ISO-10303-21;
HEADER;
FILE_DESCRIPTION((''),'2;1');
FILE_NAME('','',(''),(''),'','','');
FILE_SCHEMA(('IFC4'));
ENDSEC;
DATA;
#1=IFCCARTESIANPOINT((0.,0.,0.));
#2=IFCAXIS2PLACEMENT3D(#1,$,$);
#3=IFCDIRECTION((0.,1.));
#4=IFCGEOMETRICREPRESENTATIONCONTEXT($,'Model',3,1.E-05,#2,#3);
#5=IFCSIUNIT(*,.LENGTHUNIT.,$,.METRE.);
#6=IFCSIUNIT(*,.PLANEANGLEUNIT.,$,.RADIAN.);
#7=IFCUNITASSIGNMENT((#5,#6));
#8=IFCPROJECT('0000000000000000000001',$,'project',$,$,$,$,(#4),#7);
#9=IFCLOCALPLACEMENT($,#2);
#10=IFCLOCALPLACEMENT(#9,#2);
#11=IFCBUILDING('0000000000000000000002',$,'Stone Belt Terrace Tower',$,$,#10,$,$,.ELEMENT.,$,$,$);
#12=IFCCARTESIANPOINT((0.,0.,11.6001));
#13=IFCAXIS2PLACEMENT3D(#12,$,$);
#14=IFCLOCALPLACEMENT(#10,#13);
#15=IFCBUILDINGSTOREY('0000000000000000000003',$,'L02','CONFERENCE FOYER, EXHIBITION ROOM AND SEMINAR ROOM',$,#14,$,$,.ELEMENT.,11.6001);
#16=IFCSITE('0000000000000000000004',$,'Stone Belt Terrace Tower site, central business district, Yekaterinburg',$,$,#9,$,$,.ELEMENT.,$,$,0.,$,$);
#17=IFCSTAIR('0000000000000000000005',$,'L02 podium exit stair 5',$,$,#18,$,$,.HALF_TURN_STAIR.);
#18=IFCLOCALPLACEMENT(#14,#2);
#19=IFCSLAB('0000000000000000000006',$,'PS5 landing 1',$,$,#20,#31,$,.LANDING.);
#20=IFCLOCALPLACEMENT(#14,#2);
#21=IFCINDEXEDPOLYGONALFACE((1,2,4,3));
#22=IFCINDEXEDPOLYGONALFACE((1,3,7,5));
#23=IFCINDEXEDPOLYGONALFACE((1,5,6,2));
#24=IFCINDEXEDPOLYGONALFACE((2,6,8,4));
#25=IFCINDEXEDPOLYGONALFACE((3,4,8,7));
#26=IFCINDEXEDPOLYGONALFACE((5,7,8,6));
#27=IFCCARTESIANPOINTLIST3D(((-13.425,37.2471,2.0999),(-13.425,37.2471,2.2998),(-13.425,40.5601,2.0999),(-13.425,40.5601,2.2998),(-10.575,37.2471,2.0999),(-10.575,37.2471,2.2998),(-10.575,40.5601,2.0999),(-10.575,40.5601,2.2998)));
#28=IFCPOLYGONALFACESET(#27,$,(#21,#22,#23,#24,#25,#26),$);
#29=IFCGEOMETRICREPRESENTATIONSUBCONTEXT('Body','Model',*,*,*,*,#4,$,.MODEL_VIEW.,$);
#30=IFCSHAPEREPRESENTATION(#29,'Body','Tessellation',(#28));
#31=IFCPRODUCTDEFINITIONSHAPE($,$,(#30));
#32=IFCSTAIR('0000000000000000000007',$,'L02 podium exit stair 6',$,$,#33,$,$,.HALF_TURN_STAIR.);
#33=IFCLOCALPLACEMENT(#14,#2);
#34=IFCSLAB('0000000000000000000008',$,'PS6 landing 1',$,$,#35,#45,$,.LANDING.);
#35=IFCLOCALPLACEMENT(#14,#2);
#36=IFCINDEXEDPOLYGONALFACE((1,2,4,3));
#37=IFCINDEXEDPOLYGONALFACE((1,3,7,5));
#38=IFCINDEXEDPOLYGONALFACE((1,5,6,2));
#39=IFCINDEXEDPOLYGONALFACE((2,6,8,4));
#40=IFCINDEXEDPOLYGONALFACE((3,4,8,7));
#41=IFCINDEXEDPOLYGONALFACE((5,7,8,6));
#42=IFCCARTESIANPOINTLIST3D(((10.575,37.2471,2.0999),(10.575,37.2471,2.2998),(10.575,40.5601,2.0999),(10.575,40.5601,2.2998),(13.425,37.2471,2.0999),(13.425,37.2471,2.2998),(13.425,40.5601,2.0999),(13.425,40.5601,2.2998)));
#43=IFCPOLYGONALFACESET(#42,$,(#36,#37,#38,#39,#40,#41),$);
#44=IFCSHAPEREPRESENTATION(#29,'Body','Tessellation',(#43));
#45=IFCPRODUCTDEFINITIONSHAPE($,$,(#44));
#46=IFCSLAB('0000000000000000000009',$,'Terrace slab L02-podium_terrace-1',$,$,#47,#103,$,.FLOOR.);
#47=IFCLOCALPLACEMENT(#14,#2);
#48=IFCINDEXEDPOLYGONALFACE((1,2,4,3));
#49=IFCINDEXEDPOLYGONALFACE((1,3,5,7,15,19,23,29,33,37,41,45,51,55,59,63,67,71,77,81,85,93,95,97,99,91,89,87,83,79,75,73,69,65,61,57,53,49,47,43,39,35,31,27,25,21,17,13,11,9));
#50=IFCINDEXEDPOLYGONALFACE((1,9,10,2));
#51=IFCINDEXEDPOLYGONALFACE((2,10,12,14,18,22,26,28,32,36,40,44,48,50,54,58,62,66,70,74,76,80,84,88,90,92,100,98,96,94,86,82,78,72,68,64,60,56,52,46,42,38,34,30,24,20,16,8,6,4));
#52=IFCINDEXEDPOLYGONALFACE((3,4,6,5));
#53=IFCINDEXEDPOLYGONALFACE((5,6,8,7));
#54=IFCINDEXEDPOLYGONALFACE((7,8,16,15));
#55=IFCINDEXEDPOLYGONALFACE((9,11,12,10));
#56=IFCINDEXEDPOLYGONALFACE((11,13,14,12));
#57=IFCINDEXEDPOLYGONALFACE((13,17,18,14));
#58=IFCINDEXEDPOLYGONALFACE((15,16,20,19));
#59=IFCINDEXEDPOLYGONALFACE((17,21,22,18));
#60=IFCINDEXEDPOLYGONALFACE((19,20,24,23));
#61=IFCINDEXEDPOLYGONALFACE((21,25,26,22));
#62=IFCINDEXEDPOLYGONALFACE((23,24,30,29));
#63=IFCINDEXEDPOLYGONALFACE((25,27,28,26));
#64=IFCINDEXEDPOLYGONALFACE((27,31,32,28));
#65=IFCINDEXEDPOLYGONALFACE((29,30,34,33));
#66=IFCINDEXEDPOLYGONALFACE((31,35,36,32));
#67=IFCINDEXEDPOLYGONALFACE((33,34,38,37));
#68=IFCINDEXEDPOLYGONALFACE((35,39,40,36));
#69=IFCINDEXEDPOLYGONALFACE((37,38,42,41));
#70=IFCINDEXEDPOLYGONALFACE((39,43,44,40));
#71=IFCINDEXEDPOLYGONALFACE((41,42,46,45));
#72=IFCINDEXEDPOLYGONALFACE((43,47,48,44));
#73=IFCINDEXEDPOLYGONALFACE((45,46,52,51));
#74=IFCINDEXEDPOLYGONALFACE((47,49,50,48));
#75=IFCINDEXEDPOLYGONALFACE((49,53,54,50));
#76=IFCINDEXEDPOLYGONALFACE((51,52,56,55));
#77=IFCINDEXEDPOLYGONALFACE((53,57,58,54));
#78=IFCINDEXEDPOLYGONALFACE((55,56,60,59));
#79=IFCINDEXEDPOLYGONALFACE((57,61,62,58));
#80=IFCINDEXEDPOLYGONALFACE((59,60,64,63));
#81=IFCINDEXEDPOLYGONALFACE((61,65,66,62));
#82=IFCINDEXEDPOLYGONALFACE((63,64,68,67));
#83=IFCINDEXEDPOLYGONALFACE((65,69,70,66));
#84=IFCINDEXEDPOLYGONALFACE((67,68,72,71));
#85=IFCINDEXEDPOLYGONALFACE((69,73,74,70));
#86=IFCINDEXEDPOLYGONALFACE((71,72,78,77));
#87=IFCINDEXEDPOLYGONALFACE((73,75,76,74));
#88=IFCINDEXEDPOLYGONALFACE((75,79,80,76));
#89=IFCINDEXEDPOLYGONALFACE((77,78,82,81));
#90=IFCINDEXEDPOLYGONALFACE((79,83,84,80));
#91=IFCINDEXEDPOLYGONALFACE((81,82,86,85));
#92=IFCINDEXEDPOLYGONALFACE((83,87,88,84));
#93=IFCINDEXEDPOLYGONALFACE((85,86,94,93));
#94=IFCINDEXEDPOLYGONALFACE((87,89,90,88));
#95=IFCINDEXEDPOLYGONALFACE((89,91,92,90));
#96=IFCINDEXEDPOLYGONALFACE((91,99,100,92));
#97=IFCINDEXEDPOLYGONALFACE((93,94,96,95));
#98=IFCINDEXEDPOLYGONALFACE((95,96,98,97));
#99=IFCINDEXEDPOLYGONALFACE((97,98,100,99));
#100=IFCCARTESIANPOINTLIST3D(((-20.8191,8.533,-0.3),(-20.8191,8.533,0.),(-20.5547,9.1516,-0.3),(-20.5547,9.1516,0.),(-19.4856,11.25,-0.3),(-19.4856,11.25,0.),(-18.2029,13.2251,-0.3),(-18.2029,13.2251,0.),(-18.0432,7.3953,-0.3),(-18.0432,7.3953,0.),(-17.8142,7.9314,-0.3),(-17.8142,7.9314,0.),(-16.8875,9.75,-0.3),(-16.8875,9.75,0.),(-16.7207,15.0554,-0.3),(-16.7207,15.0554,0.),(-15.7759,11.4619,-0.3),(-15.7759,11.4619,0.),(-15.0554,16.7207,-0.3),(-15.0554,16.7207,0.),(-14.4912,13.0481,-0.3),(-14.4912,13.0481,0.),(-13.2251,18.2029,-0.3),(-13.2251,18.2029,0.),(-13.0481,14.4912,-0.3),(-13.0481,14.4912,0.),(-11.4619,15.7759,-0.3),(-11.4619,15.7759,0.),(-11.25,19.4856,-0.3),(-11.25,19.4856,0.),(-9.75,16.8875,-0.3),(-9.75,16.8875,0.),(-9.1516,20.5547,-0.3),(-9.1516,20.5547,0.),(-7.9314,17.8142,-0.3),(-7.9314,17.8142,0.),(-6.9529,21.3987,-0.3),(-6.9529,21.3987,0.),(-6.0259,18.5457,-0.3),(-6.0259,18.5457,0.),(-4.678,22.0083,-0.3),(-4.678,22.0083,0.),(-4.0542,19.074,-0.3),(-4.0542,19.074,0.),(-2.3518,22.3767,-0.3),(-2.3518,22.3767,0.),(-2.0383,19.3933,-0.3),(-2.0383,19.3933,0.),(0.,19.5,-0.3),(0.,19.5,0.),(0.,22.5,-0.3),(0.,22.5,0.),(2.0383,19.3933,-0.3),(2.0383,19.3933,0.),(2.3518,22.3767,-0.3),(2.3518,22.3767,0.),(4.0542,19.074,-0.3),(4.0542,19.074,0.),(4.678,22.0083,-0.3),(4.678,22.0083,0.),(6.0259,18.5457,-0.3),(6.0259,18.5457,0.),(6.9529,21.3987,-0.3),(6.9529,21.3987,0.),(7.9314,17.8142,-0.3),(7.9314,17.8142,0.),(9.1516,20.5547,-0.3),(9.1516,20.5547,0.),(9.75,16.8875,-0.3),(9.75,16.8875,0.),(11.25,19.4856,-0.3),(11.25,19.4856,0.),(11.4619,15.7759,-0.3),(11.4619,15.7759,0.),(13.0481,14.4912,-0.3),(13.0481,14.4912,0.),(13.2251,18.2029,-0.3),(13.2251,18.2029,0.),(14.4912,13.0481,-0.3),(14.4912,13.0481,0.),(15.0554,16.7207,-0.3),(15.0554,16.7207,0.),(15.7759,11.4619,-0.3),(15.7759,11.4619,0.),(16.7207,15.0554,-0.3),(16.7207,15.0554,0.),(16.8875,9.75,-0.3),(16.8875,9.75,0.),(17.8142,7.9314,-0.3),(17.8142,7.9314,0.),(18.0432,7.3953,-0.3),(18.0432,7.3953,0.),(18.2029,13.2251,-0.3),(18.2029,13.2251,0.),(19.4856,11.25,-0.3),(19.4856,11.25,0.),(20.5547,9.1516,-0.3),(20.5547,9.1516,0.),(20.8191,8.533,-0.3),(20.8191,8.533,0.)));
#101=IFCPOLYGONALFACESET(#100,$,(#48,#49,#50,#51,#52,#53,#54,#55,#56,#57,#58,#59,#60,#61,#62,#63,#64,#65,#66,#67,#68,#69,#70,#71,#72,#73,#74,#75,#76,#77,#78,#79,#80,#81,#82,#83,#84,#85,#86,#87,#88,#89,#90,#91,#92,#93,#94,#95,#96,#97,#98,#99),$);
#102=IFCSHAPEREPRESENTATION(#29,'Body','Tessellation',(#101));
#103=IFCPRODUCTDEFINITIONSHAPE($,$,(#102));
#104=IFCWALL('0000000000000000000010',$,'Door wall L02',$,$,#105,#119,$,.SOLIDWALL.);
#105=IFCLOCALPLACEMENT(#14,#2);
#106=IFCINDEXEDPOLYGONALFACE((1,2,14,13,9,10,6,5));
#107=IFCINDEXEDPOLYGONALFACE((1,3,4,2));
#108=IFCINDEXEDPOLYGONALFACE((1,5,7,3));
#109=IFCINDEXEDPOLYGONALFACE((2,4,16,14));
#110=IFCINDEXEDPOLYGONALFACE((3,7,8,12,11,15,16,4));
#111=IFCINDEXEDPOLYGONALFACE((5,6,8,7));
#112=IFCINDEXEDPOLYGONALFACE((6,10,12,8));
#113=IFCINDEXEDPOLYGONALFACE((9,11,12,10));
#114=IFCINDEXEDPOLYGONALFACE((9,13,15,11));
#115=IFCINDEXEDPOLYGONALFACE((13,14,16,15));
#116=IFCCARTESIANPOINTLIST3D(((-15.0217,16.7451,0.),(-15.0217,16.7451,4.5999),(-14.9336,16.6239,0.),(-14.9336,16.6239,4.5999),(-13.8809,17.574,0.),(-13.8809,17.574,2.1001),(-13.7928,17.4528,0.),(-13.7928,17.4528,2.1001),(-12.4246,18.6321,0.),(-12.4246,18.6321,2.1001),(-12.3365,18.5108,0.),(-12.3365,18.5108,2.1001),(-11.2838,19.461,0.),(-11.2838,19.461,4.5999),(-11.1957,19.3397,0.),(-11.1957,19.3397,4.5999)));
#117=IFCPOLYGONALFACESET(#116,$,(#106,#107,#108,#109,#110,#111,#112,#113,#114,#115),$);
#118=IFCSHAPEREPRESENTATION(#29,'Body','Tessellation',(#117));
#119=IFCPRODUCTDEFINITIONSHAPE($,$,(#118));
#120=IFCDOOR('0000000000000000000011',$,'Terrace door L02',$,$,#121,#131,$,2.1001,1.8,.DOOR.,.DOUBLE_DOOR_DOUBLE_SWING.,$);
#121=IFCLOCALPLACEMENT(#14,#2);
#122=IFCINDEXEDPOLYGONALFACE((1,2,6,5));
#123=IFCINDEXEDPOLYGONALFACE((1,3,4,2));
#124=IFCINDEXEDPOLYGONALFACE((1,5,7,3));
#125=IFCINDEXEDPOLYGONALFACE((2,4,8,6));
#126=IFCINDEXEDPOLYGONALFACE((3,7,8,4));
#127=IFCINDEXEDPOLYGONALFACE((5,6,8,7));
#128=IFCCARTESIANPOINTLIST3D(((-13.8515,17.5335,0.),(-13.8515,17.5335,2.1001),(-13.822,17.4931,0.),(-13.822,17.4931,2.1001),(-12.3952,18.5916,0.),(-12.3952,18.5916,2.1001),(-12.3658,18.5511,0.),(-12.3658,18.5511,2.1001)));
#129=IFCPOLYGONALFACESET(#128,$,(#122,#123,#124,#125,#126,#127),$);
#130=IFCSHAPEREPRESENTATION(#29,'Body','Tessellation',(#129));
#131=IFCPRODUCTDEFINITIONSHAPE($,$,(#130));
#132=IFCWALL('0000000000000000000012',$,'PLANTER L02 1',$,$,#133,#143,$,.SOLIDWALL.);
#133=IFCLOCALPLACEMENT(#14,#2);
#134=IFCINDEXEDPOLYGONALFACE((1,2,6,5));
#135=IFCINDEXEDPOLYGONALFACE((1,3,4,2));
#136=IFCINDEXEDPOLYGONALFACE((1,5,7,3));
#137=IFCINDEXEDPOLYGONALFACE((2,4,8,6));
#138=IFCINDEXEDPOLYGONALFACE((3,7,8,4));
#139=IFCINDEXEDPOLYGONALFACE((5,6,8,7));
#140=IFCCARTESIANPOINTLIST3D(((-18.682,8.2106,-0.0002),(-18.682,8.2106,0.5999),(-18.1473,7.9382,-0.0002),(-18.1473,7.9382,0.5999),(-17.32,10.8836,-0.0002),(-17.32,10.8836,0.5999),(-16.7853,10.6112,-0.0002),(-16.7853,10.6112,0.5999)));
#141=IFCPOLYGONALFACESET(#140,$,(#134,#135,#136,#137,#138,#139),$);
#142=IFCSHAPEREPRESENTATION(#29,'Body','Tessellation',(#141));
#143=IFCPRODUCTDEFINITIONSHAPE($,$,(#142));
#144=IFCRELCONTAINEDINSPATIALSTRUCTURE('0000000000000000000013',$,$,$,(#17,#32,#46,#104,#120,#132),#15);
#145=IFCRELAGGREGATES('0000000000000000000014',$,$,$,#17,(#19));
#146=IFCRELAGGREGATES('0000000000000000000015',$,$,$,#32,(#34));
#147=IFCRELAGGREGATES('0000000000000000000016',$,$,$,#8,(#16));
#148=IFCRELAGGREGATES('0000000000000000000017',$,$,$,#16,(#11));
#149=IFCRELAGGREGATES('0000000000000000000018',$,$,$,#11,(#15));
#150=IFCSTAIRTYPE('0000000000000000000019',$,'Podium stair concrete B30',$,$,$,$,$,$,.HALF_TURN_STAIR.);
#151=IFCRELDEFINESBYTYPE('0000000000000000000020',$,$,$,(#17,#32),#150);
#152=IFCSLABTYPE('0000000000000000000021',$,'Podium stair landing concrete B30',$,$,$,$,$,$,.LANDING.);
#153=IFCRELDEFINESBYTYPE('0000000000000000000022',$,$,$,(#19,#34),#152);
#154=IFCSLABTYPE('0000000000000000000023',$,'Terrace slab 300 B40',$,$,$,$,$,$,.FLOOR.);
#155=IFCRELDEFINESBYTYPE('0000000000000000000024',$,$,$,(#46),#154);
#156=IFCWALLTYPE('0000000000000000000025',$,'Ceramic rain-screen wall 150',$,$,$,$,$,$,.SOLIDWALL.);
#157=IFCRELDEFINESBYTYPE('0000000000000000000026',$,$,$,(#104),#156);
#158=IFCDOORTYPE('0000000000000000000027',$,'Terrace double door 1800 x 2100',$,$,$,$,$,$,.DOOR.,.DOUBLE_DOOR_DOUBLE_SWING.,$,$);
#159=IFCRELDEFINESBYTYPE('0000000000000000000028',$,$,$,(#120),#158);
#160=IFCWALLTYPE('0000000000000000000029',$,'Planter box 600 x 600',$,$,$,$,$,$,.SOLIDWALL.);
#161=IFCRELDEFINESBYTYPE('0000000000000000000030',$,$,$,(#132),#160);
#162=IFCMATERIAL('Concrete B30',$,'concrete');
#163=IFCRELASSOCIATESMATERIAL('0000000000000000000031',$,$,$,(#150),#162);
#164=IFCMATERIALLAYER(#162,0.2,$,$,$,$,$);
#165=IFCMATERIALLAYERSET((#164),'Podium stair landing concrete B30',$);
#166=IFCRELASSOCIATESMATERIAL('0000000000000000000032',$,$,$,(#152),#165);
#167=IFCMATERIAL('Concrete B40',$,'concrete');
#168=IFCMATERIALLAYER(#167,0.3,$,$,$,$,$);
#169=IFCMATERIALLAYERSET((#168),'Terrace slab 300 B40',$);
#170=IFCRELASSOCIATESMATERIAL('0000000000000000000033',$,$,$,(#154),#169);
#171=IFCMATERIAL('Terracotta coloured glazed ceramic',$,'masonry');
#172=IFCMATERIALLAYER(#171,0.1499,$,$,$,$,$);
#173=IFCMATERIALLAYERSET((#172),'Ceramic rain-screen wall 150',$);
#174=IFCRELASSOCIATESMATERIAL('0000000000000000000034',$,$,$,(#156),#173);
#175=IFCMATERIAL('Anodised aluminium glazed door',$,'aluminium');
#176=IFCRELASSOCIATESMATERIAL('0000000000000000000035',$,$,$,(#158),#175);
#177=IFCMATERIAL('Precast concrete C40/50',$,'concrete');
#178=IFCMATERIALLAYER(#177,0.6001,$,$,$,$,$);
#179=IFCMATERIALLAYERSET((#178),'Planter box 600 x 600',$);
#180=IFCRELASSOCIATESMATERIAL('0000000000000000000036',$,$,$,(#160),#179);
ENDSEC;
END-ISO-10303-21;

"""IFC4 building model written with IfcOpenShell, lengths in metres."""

from ifc_helpers import new_model, si_unit, direction, frame, frame_2d, origin, origin_2d, place, context, subcontext, project, spatial, polyline, rectangle, outline, extrude, material, layer, layer_set, type_object, element, fill, aggregate, save


model = new_model("IFC4")

# Units and contexts
model_context = context("Model", 3, precision=1e-05, world=origin(), true_north=direction((0.0, 1.0)))
body_context = subcontext(model_context, "Body", "Model", "MODEL_VIEW")
ifc_project = project(units=[si_unit("LENGTHUNIT", "METRE"), si_unit("PLANEANGLEUNIT", "RADIAN")], contexts=[model_context])

# Site, building, storey
site_placement = place(None, origin())
site = spatial("IfcSite", under=ifc_project, at=site_placement, Name="Stone Belt Terrace Tower site, central business district, Yekaterinburg", CompositionType="ELEMENT", RefElevation=0.0)
building_placement = place(site_placement, origin())
building = spatial("IfcBuilding", under=site, at=building_placement, Name="Stone Belt Terrace Tower", CompositionType="ELEMENT")
storey_placement = place(building_placement, frame((0.0, 0.0, 11.6001)))
storey = spatial("IfcBuildingStorey", under=building, at=storey_placement, Name="L02", Description="CONFERENCE FOYER, EXHIBITION ROOM AND SEMINAR ROOM", CompositionType="ELEMENT", Elevation=11.6001)

# Shared definitions
ifc_material_1 = material(Name="Concrete B40", Category="concrete")

# Stairs, slabs
ifc_material_2 = material(Name="Concrete B30", Category="concrete")
stair_type = type_object("IfcStairType", Name="Podium stair concrete B30", PredefinedType="HALF_TURN_STAIR", material=ifc_material_2)
ifc_layer_1 = layer(ifc_material_2, 0.2)
ifc_layer_set_1 = layer_set([ifc_layer_1], Name="Podium stair landing concrete B30")
slab_type_1 = type_object("IfcSlabType", Name="Podium stair landing concrete B30", PredefinedType="LANDING", material=ifc_layer_set_1)
stair_1_placement = place(storey_placement, origin())
stair_1 = element("IfcStair", 1, at=stair_1_placement, inside=storey, type_object=stair_type, Name="L02 podium exit stair 5", PredefinedType="HALF_TURN_STAIR")
slab_1_placement = place(storey_placement, frame((0.0, 0.0, 2.0999)))
slab_1 = element("IfcSlab", 2, at=slab_1_placement, type_object=slab_type_1, Name="PS5 landing 1", PredefinedType="LANDING", context=body_context, shape_type="SweptSolid", body=[
    extrude(outline(polyline([(-10.575, 37.2471), (-10.575, 40.5601), (-13.425, 40.5601), (-13.425, 37.2471), (-10.575, 37.2471)])), origin(), (0.0, 0.0, 1.0), 0.2),
])
aggregate(stair_1, [slab_1])
stair_2_placement = place(storey_placement, origin())
stair_2 = element("IfcStair", 3, at=stair_2_placement, inside=storey, type_object=stair_type, Name="L02 podium exit stair 6", PredefinedType="HALF_TURN_STAIR")
slab_2_placement = place(storey_placement, frame((0.0, 0.0, 2.0999)))
slab_2 = element("IfcSlab", 4, at=slab_2_placement, type_object=slab_type_1, Name="PS6 landing 1", PredefinedType="LANDING", context=body_context, shape_type="SweptSolid", body=[
    extrude(outline(polyline([(13.425, 37.2471), (13.425, 40.5601), (10.575, 40.5601), (10.575, 37.2471), (13.425, 37.2471)])), origin(), (0.0, 0.0, 1.0), 0.2),
])
aggregate(stair_2, [slab_2])

# Slab
ifc_layer_2 = layer(ifc_material_1, 0.3)
ifc_layer_set_2 = layer_set([ifc_layer_2], Name="Terrace slab 300 B40")
slab_type_2 = type_object("IfcSlabType", Name="Terrace slab 300 B40", PredefinedType="FLOOR", material=ifc_layer_set_2)
slab_3_placement = place(storey_placement, frame((0.0, 0.0, -0.3)))
element("IfcSlab", 5, at=slab_3_placement, inside=storey, type_object=slab_type_2, Name="Terrace slab L02-podium_terrace-1", PredefinedType="FLOOR", context=body_context, shape_type="SweptSolid", body=[
    extrude(outline(polyline([(-20.8191, 8.533), (-18.0432, 7.3953), (-17.8142, 7.9314), (-16.8875, 9.75), (-15.7759, 11.4619), (-14.4912, 13.0481), (-13.0481, 14.4912), (-11.4619, 15.7759), (-9.75, 16.8875), (-7.9314, 17.8142), (-6.0259, 18.5457), (-4.0542, 19.074), (-2.0383, 19.3933), (0.0, 19.5), (2.0383, 19.3933), (4.0542, 19.074), (6.0259, 18.5457), (7.9314, 17.8142), (9.75, 16.8875), (11.4619, 15.7759), (13.0481, 14.4912), (14.4912, 13.0481), (15.7759, 11.4619), (16.8875, 9.75), (17.8142, 7.9314), (18.0432, 7.3953), (20.8191, 8.533), (20.5547, 9.1516), (19.4856, 11.25), (18.2029, 13.2251), (16.7207, 15.0554), (15.0554, 16.7207), (13.2251, 18.2029), (11.25, 19.4856), (9.1516, 20.5547), (6.9529, 21.3987), (4.678, 22.0083), (2.3518, 22.3767), (0.0, 22.5), (-2.3518, 22.3767), (-4.678, 22.0083), (-6.9529, 21.3987), (-9.1516, 20.5547), (-11.25, 19.4856), (-13.2251, 18.2029), (-15.0554, 16.7207), (-16.7207, 15.0554), (-18.2029, 13.2251), (-19.4856, 11.25), (-20.5547, 9.1516), (-20.8191, 8.533)])), origin(), (0.0, 0.0, 1.0), 0.3),
])

# Wall, opening, door
ifc_material_3 = material(Name="Terracotta coloured glazed ceramic", Category="masonry")
ifc_layer_3 = layer(ifc_material_3, 0.1499)
ifc_layer_set_3 = layer_set([ifc_layer_3], Name="Ceramic rain-screen wall 150")
wall_type_1 = type_object("IfcWallType", Name="Ceramic rain-screen wall 150", PredefinedType="SOLIDWALL", material=ifc_layer_set_3)
wall_1_placement = place(storey_placement, frame((-14.9775, 16.6846, 0.0), z_axis=(0.0, 0.0, 1.0), x_axis=(0.809001, 0.587807, 0.0)))
wall_1 = element("IfcWall", 6, at=wall_1_placement, inside=storey, type_object=wall_type_1, Name="Door wall L02", PredefinedType="SOLIDWALL", context=body_context, shape_type="SweptSolid", body=[
    extrude(rectangle(XDim=4.6204, YDim=0.1499, at=frame_2d((2.3101, 0.0))), origin(), (0.0, 0.0, 1.0), 4.5999),
])
opening_placement = place(wall_1_placement, frame((1.4102, 0.0, 0.0)))
opening = element("IfcOpeningElement", 7, at=opening_placement, cuts=wall_1, PredefinedType="OPENING", context=body_context, shape_type="SweptSolid", body=[
    extrude(rectangle(XDim=1.8, YDim=2.1001, at=frame_2d((0.8999, 1.05))), frame((0.0, 0.085, 0.0), z_axis=(0.0, -1.0, 0.0), x_axis=(1.0, 0.0, 0.0)), (0.0, 0.0, 1.0), 0.1699),
])
ifc_material_4 = material(Name="Anodised aluminium glazed door", Category="aluminium")
door_type = type_object("IfcDoorType", Name="Terrace double door 1800 x 2100", OperationType="DOUBLE_DOOR_DOUBLE_SWING", PredefinedType="DOOR", material=ifc_material_4)
door_placement = place(opening_placement, origin())
door = element("IfcDoor", 8, at=door_placement, inside=storey, type_object=door_type, Name="Terrace door L02", OperationType="DOUBLE_DOOR_DOUBLE_SWING", OverallHeight=2.1001, OverallWidth=1.8, PredefinedType="DOOR", context=body_context, shape_type="SweptSolid", body=[
    extrude(rectangle(XDim=1.8, YDim=2.1001, at=frame_2d((0.8999, 1.05))), frame((0.0, 0.0249, 0.0), z_axis=(0.0, -1.0, 0.0), x_axis=(1.0, 0.0, 0.0)), (0.0, 0.0, 1.0), 0.05),
])
fill(opening, door)

# Wall
ifc_material_5 = material(Name="Precast concrete C40/50", Category="concrete")
ifc_layer_4 = layer(ifc_material_5, 0.6001)
ifc_layer_set_4 = layer_set([ifc_layer_4], Name="Planter box 600 x 600")
wall_type_2 = type_object("IfcWallType", Name="Planter box 600 x 600", PredefinedType="SOLIDWALL", material=ifc_layer_set_4)
wall_2_placement = place(storey_placement, frame((-17.7336, 9.4109, -0.0002), z_axis=(0.0, 0.0, 1.0), x_axis=(0.45399, 0.891007, 0.0)))
element("IfcWall", 9, at=wall_2_placement, inside=storey, type_object=wall_type_2, Name="PLANTER L02 1", PredefinedType="SOLIDWALL", context=body_context, shape_type="SweptSolid", body=[
    extrude(rectangle(XDim=3.0, YDim=0.6001, at=origin_2d()), origin(), (0.0, 0.0, 1.0), 0.6001),
])

save(model, "model.ifc")
